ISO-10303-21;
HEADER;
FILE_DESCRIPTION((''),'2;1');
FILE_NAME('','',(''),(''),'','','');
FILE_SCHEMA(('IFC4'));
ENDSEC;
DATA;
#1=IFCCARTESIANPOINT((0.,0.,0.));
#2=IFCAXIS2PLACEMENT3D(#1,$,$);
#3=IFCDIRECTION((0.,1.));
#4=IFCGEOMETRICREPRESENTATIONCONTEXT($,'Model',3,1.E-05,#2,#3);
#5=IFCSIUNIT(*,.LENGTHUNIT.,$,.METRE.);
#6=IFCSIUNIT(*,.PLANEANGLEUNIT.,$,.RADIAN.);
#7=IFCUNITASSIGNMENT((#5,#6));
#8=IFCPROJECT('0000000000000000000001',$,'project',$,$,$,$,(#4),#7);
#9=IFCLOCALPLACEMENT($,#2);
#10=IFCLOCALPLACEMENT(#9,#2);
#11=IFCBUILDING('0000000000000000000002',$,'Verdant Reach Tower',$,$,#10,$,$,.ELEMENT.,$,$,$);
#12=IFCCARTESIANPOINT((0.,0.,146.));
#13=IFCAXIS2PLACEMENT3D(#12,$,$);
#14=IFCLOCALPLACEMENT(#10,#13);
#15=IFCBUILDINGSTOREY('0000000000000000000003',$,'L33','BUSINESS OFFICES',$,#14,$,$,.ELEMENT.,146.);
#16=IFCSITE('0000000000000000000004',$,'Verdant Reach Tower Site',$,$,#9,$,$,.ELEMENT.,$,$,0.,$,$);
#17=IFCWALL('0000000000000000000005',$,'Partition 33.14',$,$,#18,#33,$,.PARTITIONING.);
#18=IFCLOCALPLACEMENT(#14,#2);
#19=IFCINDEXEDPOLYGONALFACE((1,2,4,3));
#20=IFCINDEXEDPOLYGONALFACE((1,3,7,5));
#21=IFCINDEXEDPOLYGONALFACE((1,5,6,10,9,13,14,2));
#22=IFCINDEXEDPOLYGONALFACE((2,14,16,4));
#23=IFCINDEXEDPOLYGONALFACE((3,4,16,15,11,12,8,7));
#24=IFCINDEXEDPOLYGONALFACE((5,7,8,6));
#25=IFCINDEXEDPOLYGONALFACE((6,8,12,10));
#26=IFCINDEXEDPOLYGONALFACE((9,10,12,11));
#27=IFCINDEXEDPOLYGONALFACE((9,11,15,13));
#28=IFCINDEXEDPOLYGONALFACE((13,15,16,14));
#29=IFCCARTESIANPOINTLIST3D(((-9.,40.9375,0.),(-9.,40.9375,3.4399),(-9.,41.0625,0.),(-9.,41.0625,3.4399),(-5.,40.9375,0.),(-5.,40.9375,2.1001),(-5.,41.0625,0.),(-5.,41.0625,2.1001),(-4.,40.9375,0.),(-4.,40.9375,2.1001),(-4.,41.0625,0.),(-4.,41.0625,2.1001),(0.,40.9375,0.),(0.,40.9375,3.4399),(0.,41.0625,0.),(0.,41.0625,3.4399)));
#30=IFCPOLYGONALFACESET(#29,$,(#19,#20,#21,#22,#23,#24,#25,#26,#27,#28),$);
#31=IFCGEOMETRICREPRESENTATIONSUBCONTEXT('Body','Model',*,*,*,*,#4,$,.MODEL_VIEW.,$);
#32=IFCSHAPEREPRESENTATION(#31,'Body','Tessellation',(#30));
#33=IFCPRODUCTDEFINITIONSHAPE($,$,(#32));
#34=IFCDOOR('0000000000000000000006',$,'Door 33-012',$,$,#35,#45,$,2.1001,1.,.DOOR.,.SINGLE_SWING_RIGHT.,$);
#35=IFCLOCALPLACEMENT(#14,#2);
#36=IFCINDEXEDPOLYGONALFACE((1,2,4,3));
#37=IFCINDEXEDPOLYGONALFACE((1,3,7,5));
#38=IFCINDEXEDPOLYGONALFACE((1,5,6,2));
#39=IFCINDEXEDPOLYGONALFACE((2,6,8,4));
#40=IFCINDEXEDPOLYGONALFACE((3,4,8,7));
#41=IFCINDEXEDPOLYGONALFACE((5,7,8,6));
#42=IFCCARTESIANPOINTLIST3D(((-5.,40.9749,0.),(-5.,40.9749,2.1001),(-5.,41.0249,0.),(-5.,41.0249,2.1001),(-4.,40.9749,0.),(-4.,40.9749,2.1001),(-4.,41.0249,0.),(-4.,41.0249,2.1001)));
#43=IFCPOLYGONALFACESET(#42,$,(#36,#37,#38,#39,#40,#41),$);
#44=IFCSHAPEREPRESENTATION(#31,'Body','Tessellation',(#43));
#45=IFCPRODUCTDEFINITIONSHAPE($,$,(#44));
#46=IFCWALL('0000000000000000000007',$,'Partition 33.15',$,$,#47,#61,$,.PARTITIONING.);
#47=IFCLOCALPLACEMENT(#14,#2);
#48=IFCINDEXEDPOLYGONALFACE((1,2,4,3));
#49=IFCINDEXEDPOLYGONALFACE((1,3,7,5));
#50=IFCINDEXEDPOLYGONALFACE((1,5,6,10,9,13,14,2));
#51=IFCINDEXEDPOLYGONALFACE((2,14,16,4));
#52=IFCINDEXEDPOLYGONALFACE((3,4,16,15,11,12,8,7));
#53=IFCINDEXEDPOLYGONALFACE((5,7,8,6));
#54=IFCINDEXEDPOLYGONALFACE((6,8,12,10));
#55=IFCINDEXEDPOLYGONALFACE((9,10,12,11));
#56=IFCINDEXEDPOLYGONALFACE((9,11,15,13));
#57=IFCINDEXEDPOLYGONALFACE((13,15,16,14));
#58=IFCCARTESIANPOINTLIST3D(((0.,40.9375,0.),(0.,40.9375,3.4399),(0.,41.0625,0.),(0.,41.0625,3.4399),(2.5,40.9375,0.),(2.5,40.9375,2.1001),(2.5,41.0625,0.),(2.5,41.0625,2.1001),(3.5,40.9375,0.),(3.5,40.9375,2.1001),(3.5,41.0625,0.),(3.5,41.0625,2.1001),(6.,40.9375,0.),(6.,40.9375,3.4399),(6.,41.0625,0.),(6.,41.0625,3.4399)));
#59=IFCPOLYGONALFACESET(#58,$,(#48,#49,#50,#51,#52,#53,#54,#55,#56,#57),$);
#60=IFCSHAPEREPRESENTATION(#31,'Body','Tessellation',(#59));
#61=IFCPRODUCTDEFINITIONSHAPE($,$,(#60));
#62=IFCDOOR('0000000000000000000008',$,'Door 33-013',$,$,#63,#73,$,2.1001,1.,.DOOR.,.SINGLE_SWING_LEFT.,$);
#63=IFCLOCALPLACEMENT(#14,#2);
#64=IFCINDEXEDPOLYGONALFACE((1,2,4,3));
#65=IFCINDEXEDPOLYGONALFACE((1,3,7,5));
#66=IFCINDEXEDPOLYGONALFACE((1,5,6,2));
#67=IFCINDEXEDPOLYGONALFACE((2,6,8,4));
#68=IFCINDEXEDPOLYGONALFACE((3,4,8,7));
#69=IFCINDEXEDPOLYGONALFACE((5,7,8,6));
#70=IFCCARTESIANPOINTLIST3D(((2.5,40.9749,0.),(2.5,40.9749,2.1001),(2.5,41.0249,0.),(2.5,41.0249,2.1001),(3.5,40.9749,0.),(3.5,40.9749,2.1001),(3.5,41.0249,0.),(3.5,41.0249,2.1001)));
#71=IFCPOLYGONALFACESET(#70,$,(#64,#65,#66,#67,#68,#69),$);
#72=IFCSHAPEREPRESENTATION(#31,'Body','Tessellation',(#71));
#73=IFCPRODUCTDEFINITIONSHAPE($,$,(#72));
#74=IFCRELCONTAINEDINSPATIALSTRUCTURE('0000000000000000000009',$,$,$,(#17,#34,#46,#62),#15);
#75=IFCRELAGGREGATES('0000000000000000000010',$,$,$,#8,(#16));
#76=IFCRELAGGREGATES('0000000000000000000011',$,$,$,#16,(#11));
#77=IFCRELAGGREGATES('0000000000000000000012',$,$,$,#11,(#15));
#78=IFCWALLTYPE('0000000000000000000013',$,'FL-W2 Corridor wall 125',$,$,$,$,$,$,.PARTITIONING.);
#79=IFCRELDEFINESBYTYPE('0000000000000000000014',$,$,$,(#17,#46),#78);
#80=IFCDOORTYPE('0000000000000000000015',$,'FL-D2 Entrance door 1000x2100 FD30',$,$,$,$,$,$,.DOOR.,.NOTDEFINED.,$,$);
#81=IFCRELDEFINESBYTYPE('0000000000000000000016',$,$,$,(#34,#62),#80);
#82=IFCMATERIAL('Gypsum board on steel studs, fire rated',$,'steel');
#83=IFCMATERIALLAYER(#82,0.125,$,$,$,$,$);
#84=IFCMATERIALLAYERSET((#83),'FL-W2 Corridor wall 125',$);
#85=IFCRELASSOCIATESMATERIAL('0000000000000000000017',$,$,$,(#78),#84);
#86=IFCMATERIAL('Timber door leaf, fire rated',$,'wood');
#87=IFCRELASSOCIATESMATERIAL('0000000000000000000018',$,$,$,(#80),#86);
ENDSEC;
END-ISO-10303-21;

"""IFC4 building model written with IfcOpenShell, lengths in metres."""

from ifc_helpers import new_model, si_unit, direction, frame, frame_2d, origin, place, context, subcontext, project, spatial, rectangle, extrude, material, layer, layer_set, type_object, element, fill, save


model = new_model("IFC4")

# Units and contexts
model_context = context("Model", 3, precision=1e-05, world=origin(), true_north=direction((0.0, 1.0)))
body_context = subcontext(model_context, "Body", "Model", "MODEL_VIEW")
ifc_project = project(units=[si_unit("LENGTHUNIT", "METRE"), si_unit("PLANEANGLEUNIT", "RADIAN")], contexts=[model_context])

# Site, building, storey
site_placement = place(None, origin())
site = spatial("IfcSite", under=ifc_project, at=site_placement, Name="Verdant Reach Tower Site", CompositionType="ELEMENT", RefElevation=0.0)
building_placement = place(site_placement, origin())
building = spatial("IfcBuilding", under=site, at=building_placement, Name="Verdant Reach Tower", CompositionType="ELEMENT")
storey_placement = place(building_placement, frame((0.0, 0.0, 146.0)))
storey = spatial("IfcBuildingStorey", under=building, at=storey_placement, Name="L33", Description="BUSINESS OFFICES", CompositionType="ELEMENT", Elevation=146.0)

# Shared definitions
ifc_material_1 = material(Name="Gypsum board on steel studs, fire rated", Category="steel")
ifc_layer_1 = layer(ifc_material_1, 0.125)
ifc_layer_set_1 = layer_set([ifc_layer_1], Name="FL-W2 Corridor wall 125")
wall_type_1 = type_object("IfcWallType", Name="FL-W2 Corridor wall 125", PredefinedType="PARTITIONING", material=ifc_layer_set_1)

# Walls, openings, doors
wall_1_placement = place(storey_placement, frame((-9.0, 41.0, 0.0), z_axis=(0.0, 0.0, 1.0), x_axis=(1.0, 0.0, 0.0)))
wall_1 = element("IfcWall", 1, at=wall_1_placement, inside=storey, type_object=wall_type_1, Name="Partition 33.14", PredefinedType="PARTITIONING", context=body_context, shape_type="SweptSolid", body=[
    extrude(rectangle(XDim=9.0, YDim=0.125, at=frame_2d((4.5, 0.0))), origin(), (0.0, 0.0, 1.0), 3.4399),
])
opening_1_placement = place(wall_1_placement, frame((4.0, 0.0, 0.0)))
opening_1 = element("IfcOpeningElement", 2, at=opening_1_placement, cuts=wall_1, PredefinedType="OPENING", context=body_context, shape_type="SweptSolid", body=[
    extrude(rectangle(XDim=1.0, YDim=2.1001, at=frame_2d((0.5, 1.05))), frame((0.0, 0.0725, 0.0), z_axis=(0.0, -1.0, 0.0), x_axis=(1.0, 0.0, 0.0)), (0.0, 0.0, 1.0), 0.145),
])
ifc_material_2 = material(Name="Timber door leaf, fire rated", Category="wood")
door_type_1 = type_object("IfcDoorType", Name="FL-D2 Entrance door 1000x2100 FD30", OperationType="NOTDEFINED", PredefinedType="DOOR", material=ifc_material_2)
door_1_placement = place(opening_1_placement, origin())
door_1 = element("IfcDoor", 3, at=door_1_placement, inside=storey, type_object=door_type_1, Name="Door 33-012", OperationType="SINGLE_SWING_RIGHT", OverallHeight=2.1001, OverallWidth=1.0, PredefinedType="DOOR", context=body_context, shape_type="SweptSolid", body=[
    extrude(rectangle(XDim=1.0, YDim=2.1001, at=frame_2d((0.5, 1.05))), frame((0.0, 0.0249, 0.0), z_axis=(0.0, -1.0, 0.0), x_axis=(1.0, 0.0, 0.0)), (0.0, 0.0, 1.0), 0.05),
])
fill(opening_1, door_1)
wall_2_placement = place(storey_placement, frame((0.0, 41.0, 0.0), z_axis=(0.0, 0.0, 1.0), x_axis=(1.0, 0.0, 0.0)))
wall_2 = element("IfcWall", 4, at=wall_2_placement, inside=storey, type_object=wall_type_1, Name="Partition 33.15", PredefinedType="PARTITIONING", context=body_context, shape_type="SweptSolid", body=[
    extrude(rectangle(XDim=6.0, YDim=0.125, at=frame_2d((3.0, 0.0))), origin(), (0.0, 0.0, 1.0), 3.4399),
])
opening_2_placement = place(wall_2_placement, frame((2.5, 0.0, 0.0)))
opening_2 = element("IfcOpeningElement", 5, at=opening_2_placement, cuts=wall_2, PredefinedType="OPENING", context=body_context, shape_type="SweptSolid", body=[
    extrude(rectangle(XDim=1.0, YDim=2.1001, at=frame_2d((0.5, 1.05))), frame((0.0, 0.0725, 0.0), z_axis=(0.0, -1.0, 0.0), x_axis=(1.0, 0.0, 0.0)), (0.0, 0.0, 1.0), 0.145),
])
door_2_placement = place(opening_2_placement, origin())
door_2 = element("IfcDoor", 6, at=door_2_placement, inside=storey, type_object=door_type_1, Name="Door 33-013", OperationType="SINGLE_SWING_LEFT", OverallHeight=2.1001, OverallWidth=1.0, PredefinedType="DOOR", context=body_context, shape_type="SweptSolid", body=[
    extrude(rectangle(XDim=1.0, YDim=2.1001, at=frame_2d((0.5, 1.05))), frame((0.0, 0.0249, 0.0), z_axis=(0.0, -1.0, 0.0), x_axis=(1.0, 0.0, 0.0)), (0.0, 0.0, 1.0), 0.05),
])
fill(opening_2, door_2)

save(model, "model.ifc")
